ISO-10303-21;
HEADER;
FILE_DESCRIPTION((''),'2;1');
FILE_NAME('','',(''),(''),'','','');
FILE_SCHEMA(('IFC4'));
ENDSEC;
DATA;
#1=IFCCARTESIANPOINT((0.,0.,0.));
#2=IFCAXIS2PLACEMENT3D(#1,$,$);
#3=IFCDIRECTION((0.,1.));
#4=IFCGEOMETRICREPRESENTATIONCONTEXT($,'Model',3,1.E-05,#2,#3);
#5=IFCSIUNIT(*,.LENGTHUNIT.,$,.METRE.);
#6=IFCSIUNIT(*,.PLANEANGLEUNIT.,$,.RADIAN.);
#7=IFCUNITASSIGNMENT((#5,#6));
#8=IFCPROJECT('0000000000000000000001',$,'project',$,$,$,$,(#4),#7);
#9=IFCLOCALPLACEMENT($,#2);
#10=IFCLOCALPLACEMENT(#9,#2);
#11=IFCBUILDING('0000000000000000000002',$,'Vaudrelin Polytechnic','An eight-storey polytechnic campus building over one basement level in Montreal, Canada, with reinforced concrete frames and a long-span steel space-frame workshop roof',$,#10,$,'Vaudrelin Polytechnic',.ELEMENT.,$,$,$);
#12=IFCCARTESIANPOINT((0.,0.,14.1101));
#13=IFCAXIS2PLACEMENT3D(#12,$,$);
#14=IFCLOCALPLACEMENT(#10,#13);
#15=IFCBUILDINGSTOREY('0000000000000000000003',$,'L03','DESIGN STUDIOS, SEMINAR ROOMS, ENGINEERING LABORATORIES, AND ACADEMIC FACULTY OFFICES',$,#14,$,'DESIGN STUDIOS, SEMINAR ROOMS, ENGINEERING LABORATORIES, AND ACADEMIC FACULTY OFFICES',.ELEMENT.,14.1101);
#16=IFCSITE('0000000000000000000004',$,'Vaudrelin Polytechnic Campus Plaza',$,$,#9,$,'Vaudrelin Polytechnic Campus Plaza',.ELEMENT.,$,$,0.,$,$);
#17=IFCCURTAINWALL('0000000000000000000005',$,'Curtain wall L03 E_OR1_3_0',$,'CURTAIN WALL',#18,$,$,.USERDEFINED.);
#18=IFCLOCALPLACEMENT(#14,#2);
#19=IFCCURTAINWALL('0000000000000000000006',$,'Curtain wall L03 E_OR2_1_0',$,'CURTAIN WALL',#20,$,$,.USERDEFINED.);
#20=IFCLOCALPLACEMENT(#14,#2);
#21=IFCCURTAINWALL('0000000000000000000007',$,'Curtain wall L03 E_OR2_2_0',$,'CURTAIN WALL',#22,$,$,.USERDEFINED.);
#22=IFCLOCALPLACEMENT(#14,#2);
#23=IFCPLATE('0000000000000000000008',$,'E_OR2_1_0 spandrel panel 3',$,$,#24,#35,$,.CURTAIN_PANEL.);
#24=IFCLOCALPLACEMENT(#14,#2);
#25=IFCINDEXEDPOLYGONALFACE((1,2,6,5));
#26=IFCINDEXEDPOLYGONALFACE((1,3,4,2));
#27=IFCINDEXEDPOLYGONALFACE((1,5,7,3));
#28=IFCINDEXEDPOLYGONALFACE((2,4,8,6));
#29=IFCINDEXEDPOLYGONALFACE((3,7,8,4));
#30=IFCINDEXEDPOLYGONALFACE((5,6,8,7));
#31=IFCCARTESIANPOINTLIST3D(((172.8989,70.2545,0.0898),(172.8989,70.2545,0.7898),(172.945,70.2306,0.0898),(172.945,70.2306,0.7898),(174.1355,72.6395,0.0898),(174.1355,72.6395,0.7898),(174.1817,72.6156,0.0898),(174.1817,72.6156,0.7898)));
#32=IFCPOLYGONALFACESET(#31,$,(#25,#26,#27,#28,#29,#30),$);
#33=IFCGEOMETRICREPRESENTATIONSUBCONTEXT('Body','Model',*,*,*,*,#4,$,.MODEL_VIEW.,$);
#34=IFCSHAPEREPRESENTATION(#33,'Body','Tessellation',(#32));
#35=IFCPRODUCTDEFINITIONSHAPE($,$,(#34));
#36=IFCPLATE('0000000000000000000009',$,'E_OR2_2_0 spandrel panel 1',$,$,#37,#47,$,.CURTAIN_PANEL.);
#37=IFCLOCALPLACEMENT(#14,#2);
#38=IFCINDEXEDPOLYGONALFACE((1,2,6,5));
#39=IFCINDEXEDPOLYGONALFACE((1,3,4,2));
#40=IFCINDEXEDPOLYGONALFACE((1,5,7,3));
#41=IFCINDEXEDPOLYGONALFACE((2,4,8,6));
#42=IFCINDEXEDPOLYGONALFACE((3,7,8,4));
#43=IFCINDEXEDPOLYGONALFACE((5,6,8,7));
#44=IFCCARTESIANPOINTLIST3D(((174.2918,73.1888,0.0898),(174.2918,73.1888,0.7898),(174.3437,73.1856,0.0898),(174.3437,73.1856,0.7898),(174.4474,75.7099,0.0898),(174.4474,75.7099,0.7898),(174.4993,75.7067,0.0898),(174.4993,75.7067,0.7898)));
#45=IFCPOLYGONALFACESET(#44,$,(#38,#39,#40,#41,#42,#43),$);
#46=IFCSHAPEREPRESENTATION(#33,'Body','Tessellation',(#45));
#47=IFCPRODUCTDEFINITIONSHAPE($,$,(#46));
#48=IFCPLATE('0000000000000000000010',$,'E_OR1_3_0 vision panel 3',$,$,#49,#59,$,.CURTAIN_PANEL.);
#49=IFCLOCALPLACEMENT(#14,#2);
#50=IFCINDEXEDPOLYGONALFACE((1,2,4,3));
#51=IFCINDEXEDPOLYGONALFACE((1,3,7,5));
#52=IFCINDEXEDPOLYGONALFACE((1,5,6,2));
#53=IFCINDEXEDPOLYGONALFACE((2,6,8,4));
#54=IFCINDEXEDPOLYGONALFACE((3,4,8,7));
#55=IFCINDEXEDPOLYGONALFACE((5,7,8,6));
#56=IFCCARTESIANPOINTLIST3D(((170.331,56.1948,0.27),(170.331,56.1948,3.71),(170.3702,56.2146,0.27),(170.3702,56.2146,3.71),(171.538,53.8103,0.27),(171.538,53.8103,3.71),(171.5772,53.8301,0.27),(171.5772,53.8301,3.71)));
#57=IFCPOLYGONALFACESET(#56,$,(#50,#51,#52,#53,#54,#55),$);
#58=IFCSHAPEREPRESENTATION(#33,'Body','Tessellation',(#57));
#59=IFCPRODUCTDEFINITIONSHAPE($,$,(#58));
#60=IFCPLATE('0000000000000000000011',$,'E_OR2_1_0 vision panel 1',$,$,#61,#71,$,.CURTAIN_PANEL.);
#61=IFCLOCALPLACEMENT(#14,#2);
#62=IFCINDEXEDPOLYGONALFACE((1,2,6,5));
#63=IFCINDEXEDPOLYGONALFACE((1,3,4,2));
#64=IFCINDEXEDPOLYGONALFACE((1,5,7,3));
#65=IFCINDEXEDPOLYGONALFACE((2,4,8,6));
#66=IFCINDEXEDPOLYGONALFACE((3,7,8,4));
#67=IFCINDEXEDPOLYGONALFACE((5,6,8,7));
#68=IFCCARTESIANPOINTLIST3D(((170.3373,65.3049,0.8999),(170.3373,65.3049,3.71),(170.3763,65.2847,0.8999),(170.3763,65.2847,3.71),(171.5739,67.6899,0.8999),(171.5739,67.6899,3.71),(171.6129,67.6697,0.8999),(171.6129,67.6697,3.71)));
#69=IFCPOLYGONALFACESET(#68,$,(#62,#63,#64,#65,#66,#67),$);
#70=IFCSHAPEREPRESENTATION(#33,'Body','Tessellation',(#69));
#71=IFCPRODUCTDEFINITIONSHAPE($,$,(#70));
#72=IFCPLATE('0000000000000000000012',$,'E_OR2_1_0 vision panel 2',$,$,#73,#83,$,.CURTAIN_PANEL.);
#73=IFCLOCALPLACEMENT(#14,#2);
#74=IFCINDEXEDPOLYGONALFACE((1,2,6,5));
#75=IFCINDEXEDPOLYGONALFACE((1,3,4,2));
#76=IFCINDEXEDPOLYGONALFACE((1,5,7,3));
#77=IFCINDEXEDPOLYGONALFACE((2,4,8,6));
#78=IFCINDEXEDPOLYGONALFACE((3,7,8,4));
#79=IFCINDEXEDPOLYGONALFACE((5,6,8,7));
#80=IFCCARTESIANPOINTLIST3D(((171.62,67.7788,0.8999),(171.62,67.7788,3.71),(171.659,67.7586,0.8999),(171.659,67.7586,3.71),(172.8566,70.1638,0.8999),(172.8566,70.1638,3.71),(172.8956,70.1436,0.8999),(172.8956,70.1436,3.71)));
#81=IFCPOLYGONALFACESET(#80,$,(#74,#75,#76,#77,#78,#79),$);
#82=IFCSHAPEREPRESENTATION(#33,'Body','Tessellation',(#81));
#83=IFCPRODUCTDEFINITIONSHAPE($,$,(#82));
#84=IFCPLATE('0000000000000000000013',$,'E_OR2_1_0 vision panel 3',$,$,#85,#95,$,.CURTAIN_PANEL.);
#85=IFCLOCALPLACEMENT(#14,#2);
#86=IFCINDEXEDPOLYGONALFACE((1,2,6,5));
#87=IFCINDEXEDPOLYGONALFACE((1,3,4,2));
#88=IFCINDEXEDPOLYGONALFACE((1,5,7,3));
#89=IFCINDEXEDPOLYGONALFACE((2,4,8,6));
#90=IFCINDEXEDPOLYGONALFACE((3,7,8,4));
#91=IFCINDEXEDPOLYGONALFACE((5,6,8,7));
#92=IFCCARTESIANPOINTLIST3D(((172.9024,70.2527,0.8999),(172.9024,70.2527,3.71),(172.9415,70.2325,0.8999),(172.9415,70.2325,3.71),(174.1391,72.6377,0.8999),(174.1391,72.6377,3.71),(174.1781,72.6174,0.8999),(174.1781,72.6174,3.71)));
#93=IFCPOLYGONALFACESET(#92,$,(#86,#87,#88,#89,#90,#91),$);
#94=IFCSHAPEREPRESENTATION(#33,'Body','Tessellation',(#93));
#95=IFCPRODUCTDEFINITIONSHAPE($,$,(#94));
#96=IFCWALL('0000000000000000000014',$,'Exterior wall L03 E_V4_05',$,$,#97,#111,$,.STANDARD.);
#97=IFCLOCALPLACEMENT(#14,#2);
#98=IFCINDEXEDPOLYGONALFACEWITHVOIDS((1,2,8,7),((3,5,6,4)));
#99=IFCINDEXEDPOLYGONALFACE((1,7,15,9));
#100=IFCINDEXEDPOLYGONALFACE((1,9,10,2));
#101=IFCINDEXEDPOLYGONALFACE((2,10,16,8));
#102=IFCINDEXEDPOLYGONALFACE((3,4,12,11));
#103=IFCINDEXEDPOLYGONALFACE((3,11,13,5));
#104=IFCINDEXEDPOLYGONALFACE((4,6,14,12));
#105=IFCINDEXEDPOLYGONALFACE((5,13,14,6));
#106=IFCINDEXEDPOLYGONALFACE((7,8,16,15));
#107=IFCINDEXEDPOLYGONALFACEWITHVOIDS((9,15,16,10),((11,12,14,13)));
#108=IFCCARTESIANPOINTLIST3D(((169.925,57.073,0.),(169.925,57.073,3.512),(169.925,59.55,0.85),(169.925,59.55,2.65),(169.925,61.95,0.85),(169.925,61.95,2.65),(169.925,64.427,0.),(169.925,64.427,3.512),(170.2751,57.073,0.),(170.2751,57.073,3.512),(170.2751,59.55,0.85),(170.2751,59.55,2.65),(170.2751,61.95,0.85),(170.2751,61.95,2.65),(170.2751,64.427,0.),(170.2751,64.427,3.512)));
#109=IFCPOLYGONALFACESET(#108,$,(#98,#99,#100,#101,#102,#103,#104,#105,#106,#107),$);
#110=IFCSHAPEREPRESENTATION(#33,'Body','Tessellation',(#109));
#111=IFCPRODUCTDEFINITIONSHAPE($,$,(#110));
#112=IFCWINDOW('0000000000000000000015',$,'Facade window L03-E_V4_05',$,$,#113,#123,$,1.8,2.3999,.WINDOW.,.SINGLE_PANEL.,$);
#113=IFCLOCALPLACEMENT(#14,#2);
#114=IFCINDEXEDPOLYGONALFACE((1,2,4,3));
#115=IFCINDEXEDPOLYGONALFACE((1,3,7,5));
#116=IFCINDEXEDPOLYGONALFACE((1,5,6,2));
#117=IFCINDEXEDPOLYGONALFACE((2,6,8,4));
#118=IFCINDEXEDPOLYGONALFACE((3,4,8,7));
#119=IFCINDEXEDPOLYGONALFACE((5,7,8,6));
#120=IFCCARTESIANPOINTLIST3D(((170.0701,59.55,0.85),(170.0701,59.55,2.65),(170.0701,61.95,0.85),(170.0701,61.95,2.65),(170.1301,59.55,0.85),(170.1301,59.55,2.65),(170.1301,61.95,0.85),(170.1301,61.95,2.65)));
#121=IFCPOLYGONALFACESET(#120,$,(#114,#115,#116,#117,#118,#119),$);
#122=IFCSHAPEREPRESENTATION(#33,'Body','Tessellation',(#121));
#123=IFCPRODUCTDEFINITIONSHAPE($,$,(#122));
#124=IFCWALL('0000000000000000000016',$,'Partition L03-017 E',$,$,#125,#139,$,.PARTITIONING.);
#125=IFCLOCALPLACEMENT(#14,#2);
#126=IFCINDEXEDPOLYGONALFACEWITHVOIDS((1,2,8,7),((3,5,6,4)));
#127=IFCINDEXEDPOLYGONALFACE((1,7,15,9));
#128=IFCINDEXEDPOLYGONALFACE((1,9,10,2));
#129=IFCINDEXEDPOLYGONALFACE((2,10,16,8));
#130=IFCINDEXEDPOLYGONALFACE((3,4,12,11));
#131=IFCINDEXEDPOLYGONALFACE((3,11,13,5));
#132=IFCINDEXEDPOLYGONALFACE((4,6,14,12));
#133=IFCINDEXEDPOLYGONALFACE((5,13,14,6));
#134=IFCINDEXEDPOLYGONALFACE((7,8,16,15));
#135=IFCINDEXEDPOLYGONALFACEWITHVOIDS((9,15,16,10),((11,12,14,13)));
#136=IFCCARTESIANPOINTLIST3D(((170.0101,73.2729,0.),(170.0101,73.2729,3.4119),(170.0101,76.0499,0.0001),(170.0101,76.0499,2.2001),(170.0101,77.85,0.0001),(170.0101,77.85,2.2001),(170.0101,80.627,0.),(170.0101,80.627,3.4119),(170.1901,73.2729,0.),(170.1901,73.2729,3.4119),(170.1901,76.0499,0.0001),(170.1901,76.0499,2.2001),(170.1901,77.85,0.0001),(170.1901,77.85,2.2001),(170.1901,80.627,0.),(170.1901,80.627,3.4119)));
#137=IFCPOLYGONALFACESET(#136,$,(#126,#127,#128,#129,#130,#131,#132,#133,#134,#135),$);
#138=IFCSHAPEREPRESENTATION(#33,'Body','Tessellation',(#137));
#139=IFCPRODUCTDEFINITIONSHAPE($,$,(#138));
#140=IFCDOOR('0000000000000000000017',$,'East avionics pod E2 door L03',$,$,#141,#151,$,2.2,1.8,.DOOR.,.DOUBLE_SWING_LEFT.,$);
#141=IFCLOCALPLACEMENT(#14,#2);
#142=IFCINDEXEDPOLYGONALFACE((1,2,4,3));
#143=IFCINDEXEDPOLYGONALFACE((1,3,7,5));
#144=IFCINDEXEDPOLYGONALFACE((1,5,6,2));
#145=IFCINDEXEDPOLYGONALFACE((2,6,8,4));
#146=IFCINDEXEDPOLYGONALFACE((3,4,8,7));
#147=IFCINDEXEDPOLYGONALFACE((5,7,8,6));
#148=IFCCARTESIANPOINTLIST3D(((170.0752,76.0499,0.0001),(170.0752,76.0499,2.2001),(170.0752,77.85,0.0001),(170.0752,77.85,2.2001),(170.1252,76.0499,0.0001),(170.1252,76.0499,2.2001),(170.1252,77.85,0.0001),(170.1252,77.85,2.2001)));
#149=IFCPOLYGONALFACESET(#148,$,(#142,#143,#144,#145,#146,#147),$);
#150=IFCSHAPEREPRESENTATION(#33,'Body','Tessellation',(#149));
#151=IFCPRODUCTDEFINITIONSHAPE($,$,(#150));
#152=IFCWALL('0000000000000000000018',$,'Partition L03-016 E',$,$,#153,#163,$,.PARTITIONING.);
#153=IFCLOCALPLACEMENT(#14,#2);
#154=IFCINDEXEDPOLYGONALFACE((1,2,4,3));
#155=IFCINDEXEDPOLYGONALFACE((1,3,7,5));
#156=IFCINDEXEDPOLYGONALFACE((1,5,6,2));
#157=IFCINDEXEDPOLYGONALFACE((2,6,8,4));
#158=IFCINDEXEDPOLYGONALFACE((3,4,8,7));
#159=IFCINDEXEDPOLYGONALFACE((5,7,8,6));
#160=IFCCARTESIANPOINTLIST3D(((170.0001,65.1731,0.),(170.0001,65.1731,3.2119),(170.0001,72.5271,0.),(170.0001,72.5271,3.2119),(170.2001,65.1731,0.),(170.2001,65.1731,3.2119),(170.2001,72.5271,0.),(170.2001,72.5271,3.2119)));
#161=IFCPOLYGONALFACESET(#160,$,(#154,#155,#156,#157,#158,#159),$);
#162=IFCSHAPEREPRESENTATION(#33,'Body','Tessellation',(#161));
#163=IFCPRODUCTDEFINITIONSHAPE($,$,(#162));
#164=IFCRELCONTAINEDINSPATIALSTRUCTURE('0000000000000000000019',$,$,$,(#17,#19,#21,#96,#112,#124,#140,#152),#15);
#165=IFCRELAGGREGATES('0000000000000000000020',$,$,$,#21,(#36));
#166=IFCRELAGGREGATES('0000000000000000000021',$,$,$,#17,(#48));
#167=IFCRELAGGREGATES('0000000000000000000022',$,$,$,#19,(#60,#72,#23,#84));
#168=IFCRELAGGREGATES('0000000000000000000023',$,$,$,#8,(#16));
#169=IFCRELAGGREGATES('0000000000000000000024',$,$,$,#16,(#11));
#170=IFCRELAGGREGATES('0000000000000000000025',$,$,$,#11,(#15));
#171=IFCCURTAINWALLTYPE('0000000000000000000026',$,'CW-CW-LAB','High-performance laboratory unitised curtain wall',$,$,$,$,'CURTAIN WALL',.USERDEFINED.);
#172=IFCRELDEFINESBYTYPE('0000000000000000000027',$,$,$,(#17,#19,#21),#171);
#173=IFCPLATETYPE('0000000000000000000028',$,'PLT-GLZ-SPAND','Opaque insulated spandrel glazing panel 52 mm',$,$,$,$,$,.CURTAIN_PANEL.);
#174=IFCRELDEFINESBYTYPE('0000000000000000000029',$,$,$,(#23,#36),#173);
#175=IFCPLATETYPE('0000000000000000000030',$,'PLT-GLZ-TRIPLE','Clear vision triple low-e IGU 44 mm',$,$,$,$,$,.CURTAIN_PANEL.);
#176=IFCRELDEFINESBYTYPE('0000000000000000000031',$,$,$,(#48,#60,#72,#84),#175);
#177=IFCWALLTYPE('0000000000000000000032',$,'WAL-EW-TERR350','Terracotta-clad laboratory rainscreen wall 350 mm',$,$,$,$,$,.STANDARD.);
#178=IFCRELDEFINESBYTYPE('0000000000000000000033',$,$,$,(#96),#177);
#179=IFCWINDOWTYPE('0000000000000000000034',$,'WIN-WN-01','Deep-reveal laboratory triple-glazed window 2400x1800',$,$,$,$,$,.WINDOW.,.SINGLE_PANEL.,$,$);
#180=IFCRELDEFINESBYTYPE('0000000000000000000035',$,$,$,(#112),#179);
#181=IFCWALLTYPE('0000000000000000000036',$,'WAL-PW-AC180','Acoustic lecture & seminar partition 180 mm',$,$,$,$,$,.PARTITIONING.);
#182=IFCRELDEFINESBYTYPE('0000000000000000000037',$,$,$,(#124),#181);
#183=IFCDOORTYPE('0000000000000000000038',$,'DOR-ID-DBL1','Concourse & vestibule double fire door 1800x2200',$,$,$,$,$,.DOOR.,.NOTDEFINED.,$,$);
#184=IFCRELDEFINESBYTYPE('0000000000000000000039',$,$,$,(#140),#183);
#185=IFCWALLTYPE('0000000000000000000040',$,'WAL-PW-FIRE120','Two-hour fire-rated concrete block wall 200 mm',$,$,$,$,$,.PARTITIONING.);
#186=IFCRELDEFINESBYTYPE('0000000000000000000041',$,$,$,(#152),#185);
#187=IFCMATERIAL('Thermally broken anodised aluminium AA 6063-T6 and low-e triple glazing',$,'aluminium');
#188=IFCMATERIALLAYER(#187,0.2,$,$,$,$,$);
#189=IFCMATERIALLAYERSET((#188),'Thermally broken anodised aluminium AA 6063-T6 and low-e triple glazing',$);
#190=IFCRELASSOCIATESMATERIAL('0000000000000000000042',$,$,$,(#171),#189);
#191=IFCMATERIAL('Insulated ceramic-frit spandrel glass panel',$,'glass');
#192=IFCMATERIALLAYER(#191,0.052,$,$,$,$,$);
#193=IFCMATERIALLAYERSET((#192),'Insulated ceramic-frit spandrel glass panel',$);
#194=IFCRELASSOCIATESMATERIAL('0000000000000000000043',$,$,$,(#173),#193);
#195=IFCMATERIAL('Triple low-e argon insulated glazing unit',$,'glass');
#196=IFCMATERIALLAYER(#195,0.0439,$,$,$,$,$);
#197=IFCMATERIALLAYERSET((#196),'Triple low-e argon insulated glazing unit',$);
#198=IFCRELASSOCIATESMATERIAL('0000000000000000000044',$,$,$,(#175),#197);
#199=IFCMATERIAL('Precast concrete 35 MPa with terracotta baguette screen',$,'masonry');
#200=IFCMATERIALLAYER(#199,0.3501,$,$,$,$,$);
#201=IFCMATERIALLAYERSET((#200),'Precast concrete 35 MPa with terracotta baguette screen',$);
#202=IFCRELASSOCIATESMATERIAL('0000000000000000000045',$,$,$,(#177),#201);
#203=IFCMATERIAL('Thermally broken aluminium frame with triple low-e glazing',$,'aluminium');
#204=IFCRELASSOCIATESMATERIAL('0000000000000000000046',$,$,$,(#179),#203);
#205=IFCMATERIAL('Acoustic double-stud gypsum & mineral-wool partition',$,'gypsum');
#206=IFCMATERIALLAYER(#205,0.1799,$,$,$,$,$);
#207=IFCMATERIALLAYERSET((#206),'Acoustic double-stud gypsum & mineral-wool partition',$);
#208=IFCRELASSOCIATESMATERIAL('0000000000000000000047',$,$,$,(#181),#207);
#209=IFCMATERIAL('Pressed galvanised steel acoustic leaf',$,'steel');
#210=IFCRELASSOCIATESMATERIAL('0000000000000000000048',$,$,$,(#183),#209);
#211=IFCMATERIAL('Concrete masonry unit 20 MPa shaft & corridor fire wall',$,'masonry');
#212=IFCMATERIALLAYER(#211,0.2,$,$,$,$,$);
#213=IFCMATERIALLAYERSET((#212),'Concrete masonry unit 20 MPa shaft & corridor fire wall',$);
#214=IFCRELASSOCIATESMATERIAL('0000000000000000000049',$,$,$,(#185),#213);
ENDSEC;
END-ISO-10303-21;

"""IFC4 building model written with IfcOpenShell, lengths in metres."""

from ifc_helpers import new_model, si_unit, direction, frame, frame_2d, origin, origin_2d, place, context, subcontext, project, spatial, rectangle, extrude, material, layer, layer_set, type_object, element, fill, aggregate, save


model = new_model("IFC4")

# Units and contexts
model_context = context("Model", 3, precision=1e-05, world=origin(), true_north=direction((0.0, 1.0)))
body_context = subcontext(model_context, "Body", "Model", "MODEL_VIEW")
ifc_project = project(units=[si_unit("LENGTHUNIT", "METRE"), si_unit("PLANEANGLEUNIT", "RADIAN")], contexts=[model_context])

# Site, building, storey
site_placement = place(None, origin())
site = spatial("IfcSite", under=ifc_project, at=site_placement, Name="Vaudrelin Polytechnic Campus Plaza", LongName="Vaudrelin Polytechnic Campus Plaza", CompositionType="ELEMENT", RefElevation=0.0)
building_placement = place(site_placement, origin())
building = spatial("IfcBuilding", under=site, at=building_placement, Name="Vaudrelin Polytechnic", Description="An eight-storey polytechnic campus building over one basement level in Montreal, Canada, with reinforced concrete frames and a long-span steel space-frame workshop roof", LongName="Vaudrelin Polytechnic", CompositionType="ELEMENT")
storey_placement = place(building_placement, frame((0.0, 0.0, 14.1101)))
storey = spatial("IfcBuildingStorey", under=building, at=storey_placement, Name="L03", Description="DESIGN STUDIOS, SEMINAR ROOMS, ENGINEERING LABORATORIES, AND ACADEMIC FACULTY OFFICES", LongName="DESIGN STUDIOS, SEMINAR ROOMS, ENGINEERING LABORATORIES, AND ACADEMIC FACULTY OFFICES", CompositionType="ELEMENT", Elevation=14.1101)

# Curtain wall
ifc_material_1 = material(Name="Thermally broken anodised aluminium AA 6063-T6 and low-e triple glazing", Category="aluminium")
ifc_layer_1 = layer(ifc_material_1, 0.2)
ifc_layer_set_1 = layer_set([ifc_layer_1], Name="Thermally broken anodised aluminium AA 6063-T6 and low-e triple glazing")
curtain_wall_type = type_object("IfcCurtainWallType", Name="CW-CW-LAB", Description="High-performance laboratory unitised curtain wall", ElementType="CURTAIN WALL", PredefinedType="USERDEFINED", material=ifc_layer_set_1)
curtain_wall_1_placement = place(storey_placement, origin())
curtain_wall_1 = element("IfcCurtainWall", 1, at=curtain_wall_1_placement, inside=storey, type_object=curtain_wall_type, Name="Curtain wall L03 E_OR1_3_0", ObjectType="CURTAIN WALL", PredefinedType="USERDEFINED")

# Curtain wall
curtain_wall_2_placement = place(storey_placement, origin())
curtain_wall_2 = element("IfcCurtainWall", 2, at=curtain_wall_2_placement, inside=storey, type_object=curtain_wall_type, Name="Curtain wall L03 E_OR2_1_0", ObjectType="CURTAIN WALL", PredefinedType="USERDEFINED")

# Curtain wall
curtain_wall_3_placement = place(storey_placement, origin())
curtain_wall_3 = element("IfcCurtainWall", 3, at=curtain_wall_3_placement, inside=storey, type_object=curtain_wall_type, Name="Curtain wall L03 E_OR2_2_0", ObjectType="CURTAIN WALL", PredefinedType="USERDEFINED")

# Plates
ifc_material_2 = material(Name="Insulated ceramic-frit spandrel glass panel", Category="glass")
ifc_layer_2 = layer(ifc_material_2, 0.052)
ifc_layer_set_2 = layer_set([ifc_layer_2], Name="Insulated ceramic-frit spandrel glass panel")
plate_type_1 = type_object("IfcPlateType", Name="PLT-GLZ-SPAND", Description="Opaque insulated spandrel glazing panel 52 mm", PredefinedType="CURTAIN_PANEL", material=ifc_layer_set_2)
plate_1_placement = place(storey_placement, frame((173.5403, 71.4351, 0.0898), z_axis=(0.0, 0.0, 1.0), x_axis=(0.460319, 0.887754, 0.0)))
plate_1 = element("IfcPlate", 4, at=plate_1_placement, type_object=plate_type_1, Name="E_OR2_1_0 spandrel panel 3", PredefinedType="CURTAIN_PANEL", context=body_context, shape_type="SweptSolid", body=[
    extrude(rectangle(XDim=2.6865, YDim=0.052, at=origin_2d()), origin(), (0.0, 0.0, 1.0), 0.7),
])
plate_2_placement = place(storey_placement, frame((174.3955, 74.4478, 0.0898), z_axis=(0.0, 0.0, 1.0), x_axis=(0.061605, 0.998101, 0.0)))
plate_2 = element("IfcPlate", 5, at=plate_2_placement, type_object=plate_type_1, Name="E_OR2_2_0 spandrel panel 1", PredefinedType="CURTAIN_PANEL", context=body_context, shape_type="SweptSolid", body=[
    extrude(rectangle(XDim=2.5259, YDim=0.052, at=origin_2d()), origin(), (0.0, 0.0, 1.0), 0.7),
])
aggregate(curtain_wall_3, [plate_2])
ifc_material_3 = material(Name="Triple low-e argon insulated glazing unit", Category="glass")
ifc_layer_3 = layer(ifc_material_3, 0.0439)
ifc_layer_set_3 = layer_set([ifc_layer_3], Name="Triple low-e argon insulated glazing unit")
plate_type_2 = type_object("IfcPlateType", Name="PLT-GLZ-TRIPLE", Description="Clear vision triple low-e IGU 44 mm", PredefinedType="CURTAIN_PANEL", material=ifc_layer_set_3)
plate_3_placement = place(storey_placement, frame((170.9541, 55.0125, 0.27), z_axis=(0.0, 0.0, 1.0), x_axis=(-0.451609, 0.892216, 0.0)))
plate_3 = element("IfcPlate", 6, at=plate_3_placement, type_object=plate_type_2, Name="E_OR1_3_0 vision panel 3", PredefinedType="CURTAIN_PANEL", context=body_context, shape_type="SweptSolid", body=[
    extrude(rectangle(XDim=2.6726, YDim=0.0439, at=origin_2d()), origin(), (0.0, 0.0, 1.0), 3.4399),
])
aggregate(curtain_wall_1, [plate_3])
plate_4_placement = place(storey_placement, frame((170.9751, 66.4873, 0.8999), z_axis=(0.0, 0.0, 1.0), x_axis=(0.460319, 0.887754, 0.0)))
plate_4 = element("IfcPlate", 7, at=plate_4_placement, type_object=plate_type_2, Name="E_OR2_1_0 vision panel 1", PredefinedType="CURTAIN_PANEL", context=body_context, shape_type="SweptSolid", body=[
    extrude(rectangle(XDim=2.6865, YDim=0.0439, at=origin_2d()), origin(), (0.0, 0.0, 1.0), 2.8101),
])
plate_5_placement = place(storey_placement, frame((172.2578, 68.9612, 0.8999), z_axis=(0.0, 0.0, 1.0), x_axis=(0.460319, 0.887754, 0.0)))
plate_5 = element("IfcPlate", 8, at=plate_5_placement, type_object=plate_type_2, Name="E_OR2_1_0 vision panel 2", PredefinedType="CURTAIN_PANEL", context=body_context, shape_type="SweptSolid", body=[
    extrude(rectangle(XDim=2.6865, YDim=0.0439, at=origin_2d()), origin(), (0.0, 0.0, 1.0), 2.8101),
])
plate_6_placement = place(storey_placement, frame((173.5403, 71.4351, 0.8999), z_axis=(0.0, 0.0, 1.0), x_axis=(0.460319, 0.887754, 0.0)))
plate_6 = element("IfcPlate", 9, at=plate_6_placement, type_object=plate_type_2, Name="E_OR2_1_0 vision panel 3", PredefinedType="CURTAIN_PANEL", context=body_context, shape_type="SweptSolid", body=[
    extrude(rectangle(XDim=2.6865, YDim=0.0439, at=origin_2d()), origin(), (0.0, 0.0, 1.0), 2.8101),
])
aggregate(curtain_wall_2, [plate_4, plate_5, plate_1, plate_6])

# Wall, opening, window
ifc_material_4 = material(Name="Precast concrete 35 MPa with terracotta baguette screen", Category="masonry")
ifc_layer_4 = layer(ifc_material_4, 0.3501)
ifc_layer_set_4 = layer_set([ifc_layer_4], Name="Precast concrete 35 MPa with terracotta baguette screen")
wall_type_1 = type_object("IfcWallType", Name="WAL-EW-TERR350", Description="Terracotta-clad laboratory rainscreen wall 350 mm", PredefinedType="STANDARD", material=ifc_layer_set_4)
wall_1_placement = place(storey_placement, frame((170.1001, 57.073, 0.0), z_axis=(0.0, 0.0, 1.0), x_axis=(0.0, 1.0, 0.0)))
wall_1 = element("IfcWall", 10, at=wall_1_placement, inside=storey, type_object=wall_type_1, Name="Exterior wall L03 E_V4_05", PredefinedType="STANDARD", context=body_context, shape_type="SweptSolid", body=[
    extrude(rectangle(XDim=7.354, YDim=0.3501, at=frame_2d((3.677, 0.0))), origin(), (0.0, 0.0, 1.0), 3.512),
])
opening_1_placement = place(wall_1_placement, frame((2.4771, 0.0, 0.8501)))
opening_1 = element("IfcOpeningElement", 11, at=opening_1_placement, cuts=wall_1, PredefinedType="OPENING", context=body_context, shape_type="SweptSolid", body=[
    extrude(rectangle(XDim=2.3999, YDim=1.8, at=frame_2d((1.2, 0.8999))), frame((0.0, 0.1851, 0.0), z_axis=(0.0, -1.0, 0.0), x_axis=(1.0, 0.0, 0.0)), (0.0, 0.0, 1.0), 0.3701),
])
ifc_material_5 = material(Name="Thermally broken aluminium frame with triple low-e glazing", Category="aluminium")
window_type = type_object("IfcWindowType", Name="WIN-WN-01", Description="Deep-reveal laboratory triple-glazed window 2400x1800", PartitioningType="SINGLE_PANEL", PredefinedType="WINDOW", material=ifc_material_5)
window_placement = place(opening_1_placement, origin())
window = element("IfcWindow", 12, at=window_placement, inside=storey, type_object=window_type, Name="Facade window L03-E_V4_05", OverallHeight=1.8, OverallWidth=2.3999, PartitioningType="SINGLE_PANEL", PredefinedType="WINDOW", context=body_context, shape_type="SweptSolid", body=[
    extrude(rectangle(XDim=2.3999, YDim=1.8, at=frame_2d((1.2, 0.8999))), frame((0.0, 0.03, 0.0), z_axis=(0.0, -1.0, 0.0), x_axis=(1.0, 0.0, 0.0)), (0.0, 0.0, 1.0), 0.0601),
])
fill(opening_1, window)

# Wall, opening, door
ifc_material_6 = material(Name="Acoustic double-stud gypsum & mineral-wool partition", Category="gypsum")
ifc_layer_5 = layer(ifc_material_6, 0.1799)
ifc_layer_set_5 = layer_set([ifc_layer_5], Name="Acoustic double-stud gypsum & mineral-wool partition")
wall_type_2 = type_object("IfcWallType", Name="WAL-PW-AC180", Description="Acoustic lecture & seminar partition 180 mm", PredefinedType="PARTITIONING", material=ifc_layer_set_5)
wall_2_placement = place(storey_placement, frame((170.1001, 73.2729, 0.0), z_axis=(0.0, 0.0, 1.0), x_axis=(0.0, 1.0, 0.0)))
wall_2 = element("IfcWall", 13, at=wall_2_placement, inside=storey, type_object=wall_type_2, Name="Partition L03-017 E", PredefinedType="PARTITIONING", context=body_context, shape_type="SweptSolid", body=[
    extrude(rectangle(XDim=7.354, YDim=0.1799, at=frame_2d((3.677, 0.0))), origin(), (0.0, 0.0, 1.0), 3.4119),
])
opening_2_placement = place(wall_2_placement, frame((2.7771, 0.0, 0.0)))
opening_2 = element("IfcOpeningElement", 14, at=opening_2_placement, cuts=wall_2, PredefinedType="OPENING", context=body_context, shape_type="SweptSolid", body=[
    extrude(rectangle(XDim=1.8, YDim=2.2, at=frame_2d((0.8999, 1.1001))), frame((0.0, 0.1001, 0.0), z_axis=(0.0, -1.0, 0.0), x_axis=(1.0, 0.0, 0.0)), (0.0, 0.0, 1.0), 0.2),
])
ifc_material_7 = material(Name="Pressed galvanised steel acoustic leaf", Category="steel")
door_type = type_object("IfcDoorType", Name="DOR-ID-DBL1", Description="Concourse & vestibule double fire door 1800x2200", OperationType="NOTDEFINED", PredefinedType="DOOR", material=ifc_material_7)
door_placement = place(opening_2_placement, origin())
door = element("IfcDoor", 15, at=door_placement, inside=storey, type_object=door_type, Name="East avionics pod E2 door L03", OperationType="DOUBLE_SWING_LEFT", OverallHeight=2.2, OverallWidth=1.8, PredefinedType="DOOR", context=body_context, shape_type="SweptSolid", body=[
    extrude(rectangle(XDim=1.8, YDim=2.2, at=frame_2d((0.8999, 1.1001))), frame((0.0, 0.0249, 0.0), z_axis=(0.0, -1.0, 0.0), x_axis=(1.0, 0.0, 0.0)), (0.0, 0.0, 1.0), 0.05),
])
fill(opening_2, door)

# Wall
ifc_material_8 = material(Name="Concrete masonry unit 20 MPa shaft & corridor fire wall", Category="masonry")
ifc_layer_6 = layer(ifc_material_8, 0.2)
ifc_layer_set_6 = layer_set([ifc_layer_6], Name="Concrete masonry unit 20 MPa shaft & corridor fire wall")
wall_type_3 = type_object("IfcWallType", Name="WAL-PW-FIRE120", Description="Two-hour fire-rated concrete block wall 200 mm", PredefinedType="PARTITIONING", material=ifc_layer_set_6)
wall_3_placement = place(storey_placement, frame((170.1001, 65.1731, 0.0), z_axis=(0.0, 0.0, 1.0), x_axis=(0.0, 1.0, 0.0)))
element("IfcWall", 16, at=wall_3_placement, inside=storey, type_object=wall_type_3, Name="Partition L03-016 E", PredefinedType="PARTITIONING", context=body_context, shape_type="SweptSolid", body=[
    extrude(rectangle(XDim=7.354, YDim=0.2, at=frame_2d((3.677, 0.0))), origin(), (0.0, 0.0, 1.0), 3.2119),
])

save(model, "model.ifc")
